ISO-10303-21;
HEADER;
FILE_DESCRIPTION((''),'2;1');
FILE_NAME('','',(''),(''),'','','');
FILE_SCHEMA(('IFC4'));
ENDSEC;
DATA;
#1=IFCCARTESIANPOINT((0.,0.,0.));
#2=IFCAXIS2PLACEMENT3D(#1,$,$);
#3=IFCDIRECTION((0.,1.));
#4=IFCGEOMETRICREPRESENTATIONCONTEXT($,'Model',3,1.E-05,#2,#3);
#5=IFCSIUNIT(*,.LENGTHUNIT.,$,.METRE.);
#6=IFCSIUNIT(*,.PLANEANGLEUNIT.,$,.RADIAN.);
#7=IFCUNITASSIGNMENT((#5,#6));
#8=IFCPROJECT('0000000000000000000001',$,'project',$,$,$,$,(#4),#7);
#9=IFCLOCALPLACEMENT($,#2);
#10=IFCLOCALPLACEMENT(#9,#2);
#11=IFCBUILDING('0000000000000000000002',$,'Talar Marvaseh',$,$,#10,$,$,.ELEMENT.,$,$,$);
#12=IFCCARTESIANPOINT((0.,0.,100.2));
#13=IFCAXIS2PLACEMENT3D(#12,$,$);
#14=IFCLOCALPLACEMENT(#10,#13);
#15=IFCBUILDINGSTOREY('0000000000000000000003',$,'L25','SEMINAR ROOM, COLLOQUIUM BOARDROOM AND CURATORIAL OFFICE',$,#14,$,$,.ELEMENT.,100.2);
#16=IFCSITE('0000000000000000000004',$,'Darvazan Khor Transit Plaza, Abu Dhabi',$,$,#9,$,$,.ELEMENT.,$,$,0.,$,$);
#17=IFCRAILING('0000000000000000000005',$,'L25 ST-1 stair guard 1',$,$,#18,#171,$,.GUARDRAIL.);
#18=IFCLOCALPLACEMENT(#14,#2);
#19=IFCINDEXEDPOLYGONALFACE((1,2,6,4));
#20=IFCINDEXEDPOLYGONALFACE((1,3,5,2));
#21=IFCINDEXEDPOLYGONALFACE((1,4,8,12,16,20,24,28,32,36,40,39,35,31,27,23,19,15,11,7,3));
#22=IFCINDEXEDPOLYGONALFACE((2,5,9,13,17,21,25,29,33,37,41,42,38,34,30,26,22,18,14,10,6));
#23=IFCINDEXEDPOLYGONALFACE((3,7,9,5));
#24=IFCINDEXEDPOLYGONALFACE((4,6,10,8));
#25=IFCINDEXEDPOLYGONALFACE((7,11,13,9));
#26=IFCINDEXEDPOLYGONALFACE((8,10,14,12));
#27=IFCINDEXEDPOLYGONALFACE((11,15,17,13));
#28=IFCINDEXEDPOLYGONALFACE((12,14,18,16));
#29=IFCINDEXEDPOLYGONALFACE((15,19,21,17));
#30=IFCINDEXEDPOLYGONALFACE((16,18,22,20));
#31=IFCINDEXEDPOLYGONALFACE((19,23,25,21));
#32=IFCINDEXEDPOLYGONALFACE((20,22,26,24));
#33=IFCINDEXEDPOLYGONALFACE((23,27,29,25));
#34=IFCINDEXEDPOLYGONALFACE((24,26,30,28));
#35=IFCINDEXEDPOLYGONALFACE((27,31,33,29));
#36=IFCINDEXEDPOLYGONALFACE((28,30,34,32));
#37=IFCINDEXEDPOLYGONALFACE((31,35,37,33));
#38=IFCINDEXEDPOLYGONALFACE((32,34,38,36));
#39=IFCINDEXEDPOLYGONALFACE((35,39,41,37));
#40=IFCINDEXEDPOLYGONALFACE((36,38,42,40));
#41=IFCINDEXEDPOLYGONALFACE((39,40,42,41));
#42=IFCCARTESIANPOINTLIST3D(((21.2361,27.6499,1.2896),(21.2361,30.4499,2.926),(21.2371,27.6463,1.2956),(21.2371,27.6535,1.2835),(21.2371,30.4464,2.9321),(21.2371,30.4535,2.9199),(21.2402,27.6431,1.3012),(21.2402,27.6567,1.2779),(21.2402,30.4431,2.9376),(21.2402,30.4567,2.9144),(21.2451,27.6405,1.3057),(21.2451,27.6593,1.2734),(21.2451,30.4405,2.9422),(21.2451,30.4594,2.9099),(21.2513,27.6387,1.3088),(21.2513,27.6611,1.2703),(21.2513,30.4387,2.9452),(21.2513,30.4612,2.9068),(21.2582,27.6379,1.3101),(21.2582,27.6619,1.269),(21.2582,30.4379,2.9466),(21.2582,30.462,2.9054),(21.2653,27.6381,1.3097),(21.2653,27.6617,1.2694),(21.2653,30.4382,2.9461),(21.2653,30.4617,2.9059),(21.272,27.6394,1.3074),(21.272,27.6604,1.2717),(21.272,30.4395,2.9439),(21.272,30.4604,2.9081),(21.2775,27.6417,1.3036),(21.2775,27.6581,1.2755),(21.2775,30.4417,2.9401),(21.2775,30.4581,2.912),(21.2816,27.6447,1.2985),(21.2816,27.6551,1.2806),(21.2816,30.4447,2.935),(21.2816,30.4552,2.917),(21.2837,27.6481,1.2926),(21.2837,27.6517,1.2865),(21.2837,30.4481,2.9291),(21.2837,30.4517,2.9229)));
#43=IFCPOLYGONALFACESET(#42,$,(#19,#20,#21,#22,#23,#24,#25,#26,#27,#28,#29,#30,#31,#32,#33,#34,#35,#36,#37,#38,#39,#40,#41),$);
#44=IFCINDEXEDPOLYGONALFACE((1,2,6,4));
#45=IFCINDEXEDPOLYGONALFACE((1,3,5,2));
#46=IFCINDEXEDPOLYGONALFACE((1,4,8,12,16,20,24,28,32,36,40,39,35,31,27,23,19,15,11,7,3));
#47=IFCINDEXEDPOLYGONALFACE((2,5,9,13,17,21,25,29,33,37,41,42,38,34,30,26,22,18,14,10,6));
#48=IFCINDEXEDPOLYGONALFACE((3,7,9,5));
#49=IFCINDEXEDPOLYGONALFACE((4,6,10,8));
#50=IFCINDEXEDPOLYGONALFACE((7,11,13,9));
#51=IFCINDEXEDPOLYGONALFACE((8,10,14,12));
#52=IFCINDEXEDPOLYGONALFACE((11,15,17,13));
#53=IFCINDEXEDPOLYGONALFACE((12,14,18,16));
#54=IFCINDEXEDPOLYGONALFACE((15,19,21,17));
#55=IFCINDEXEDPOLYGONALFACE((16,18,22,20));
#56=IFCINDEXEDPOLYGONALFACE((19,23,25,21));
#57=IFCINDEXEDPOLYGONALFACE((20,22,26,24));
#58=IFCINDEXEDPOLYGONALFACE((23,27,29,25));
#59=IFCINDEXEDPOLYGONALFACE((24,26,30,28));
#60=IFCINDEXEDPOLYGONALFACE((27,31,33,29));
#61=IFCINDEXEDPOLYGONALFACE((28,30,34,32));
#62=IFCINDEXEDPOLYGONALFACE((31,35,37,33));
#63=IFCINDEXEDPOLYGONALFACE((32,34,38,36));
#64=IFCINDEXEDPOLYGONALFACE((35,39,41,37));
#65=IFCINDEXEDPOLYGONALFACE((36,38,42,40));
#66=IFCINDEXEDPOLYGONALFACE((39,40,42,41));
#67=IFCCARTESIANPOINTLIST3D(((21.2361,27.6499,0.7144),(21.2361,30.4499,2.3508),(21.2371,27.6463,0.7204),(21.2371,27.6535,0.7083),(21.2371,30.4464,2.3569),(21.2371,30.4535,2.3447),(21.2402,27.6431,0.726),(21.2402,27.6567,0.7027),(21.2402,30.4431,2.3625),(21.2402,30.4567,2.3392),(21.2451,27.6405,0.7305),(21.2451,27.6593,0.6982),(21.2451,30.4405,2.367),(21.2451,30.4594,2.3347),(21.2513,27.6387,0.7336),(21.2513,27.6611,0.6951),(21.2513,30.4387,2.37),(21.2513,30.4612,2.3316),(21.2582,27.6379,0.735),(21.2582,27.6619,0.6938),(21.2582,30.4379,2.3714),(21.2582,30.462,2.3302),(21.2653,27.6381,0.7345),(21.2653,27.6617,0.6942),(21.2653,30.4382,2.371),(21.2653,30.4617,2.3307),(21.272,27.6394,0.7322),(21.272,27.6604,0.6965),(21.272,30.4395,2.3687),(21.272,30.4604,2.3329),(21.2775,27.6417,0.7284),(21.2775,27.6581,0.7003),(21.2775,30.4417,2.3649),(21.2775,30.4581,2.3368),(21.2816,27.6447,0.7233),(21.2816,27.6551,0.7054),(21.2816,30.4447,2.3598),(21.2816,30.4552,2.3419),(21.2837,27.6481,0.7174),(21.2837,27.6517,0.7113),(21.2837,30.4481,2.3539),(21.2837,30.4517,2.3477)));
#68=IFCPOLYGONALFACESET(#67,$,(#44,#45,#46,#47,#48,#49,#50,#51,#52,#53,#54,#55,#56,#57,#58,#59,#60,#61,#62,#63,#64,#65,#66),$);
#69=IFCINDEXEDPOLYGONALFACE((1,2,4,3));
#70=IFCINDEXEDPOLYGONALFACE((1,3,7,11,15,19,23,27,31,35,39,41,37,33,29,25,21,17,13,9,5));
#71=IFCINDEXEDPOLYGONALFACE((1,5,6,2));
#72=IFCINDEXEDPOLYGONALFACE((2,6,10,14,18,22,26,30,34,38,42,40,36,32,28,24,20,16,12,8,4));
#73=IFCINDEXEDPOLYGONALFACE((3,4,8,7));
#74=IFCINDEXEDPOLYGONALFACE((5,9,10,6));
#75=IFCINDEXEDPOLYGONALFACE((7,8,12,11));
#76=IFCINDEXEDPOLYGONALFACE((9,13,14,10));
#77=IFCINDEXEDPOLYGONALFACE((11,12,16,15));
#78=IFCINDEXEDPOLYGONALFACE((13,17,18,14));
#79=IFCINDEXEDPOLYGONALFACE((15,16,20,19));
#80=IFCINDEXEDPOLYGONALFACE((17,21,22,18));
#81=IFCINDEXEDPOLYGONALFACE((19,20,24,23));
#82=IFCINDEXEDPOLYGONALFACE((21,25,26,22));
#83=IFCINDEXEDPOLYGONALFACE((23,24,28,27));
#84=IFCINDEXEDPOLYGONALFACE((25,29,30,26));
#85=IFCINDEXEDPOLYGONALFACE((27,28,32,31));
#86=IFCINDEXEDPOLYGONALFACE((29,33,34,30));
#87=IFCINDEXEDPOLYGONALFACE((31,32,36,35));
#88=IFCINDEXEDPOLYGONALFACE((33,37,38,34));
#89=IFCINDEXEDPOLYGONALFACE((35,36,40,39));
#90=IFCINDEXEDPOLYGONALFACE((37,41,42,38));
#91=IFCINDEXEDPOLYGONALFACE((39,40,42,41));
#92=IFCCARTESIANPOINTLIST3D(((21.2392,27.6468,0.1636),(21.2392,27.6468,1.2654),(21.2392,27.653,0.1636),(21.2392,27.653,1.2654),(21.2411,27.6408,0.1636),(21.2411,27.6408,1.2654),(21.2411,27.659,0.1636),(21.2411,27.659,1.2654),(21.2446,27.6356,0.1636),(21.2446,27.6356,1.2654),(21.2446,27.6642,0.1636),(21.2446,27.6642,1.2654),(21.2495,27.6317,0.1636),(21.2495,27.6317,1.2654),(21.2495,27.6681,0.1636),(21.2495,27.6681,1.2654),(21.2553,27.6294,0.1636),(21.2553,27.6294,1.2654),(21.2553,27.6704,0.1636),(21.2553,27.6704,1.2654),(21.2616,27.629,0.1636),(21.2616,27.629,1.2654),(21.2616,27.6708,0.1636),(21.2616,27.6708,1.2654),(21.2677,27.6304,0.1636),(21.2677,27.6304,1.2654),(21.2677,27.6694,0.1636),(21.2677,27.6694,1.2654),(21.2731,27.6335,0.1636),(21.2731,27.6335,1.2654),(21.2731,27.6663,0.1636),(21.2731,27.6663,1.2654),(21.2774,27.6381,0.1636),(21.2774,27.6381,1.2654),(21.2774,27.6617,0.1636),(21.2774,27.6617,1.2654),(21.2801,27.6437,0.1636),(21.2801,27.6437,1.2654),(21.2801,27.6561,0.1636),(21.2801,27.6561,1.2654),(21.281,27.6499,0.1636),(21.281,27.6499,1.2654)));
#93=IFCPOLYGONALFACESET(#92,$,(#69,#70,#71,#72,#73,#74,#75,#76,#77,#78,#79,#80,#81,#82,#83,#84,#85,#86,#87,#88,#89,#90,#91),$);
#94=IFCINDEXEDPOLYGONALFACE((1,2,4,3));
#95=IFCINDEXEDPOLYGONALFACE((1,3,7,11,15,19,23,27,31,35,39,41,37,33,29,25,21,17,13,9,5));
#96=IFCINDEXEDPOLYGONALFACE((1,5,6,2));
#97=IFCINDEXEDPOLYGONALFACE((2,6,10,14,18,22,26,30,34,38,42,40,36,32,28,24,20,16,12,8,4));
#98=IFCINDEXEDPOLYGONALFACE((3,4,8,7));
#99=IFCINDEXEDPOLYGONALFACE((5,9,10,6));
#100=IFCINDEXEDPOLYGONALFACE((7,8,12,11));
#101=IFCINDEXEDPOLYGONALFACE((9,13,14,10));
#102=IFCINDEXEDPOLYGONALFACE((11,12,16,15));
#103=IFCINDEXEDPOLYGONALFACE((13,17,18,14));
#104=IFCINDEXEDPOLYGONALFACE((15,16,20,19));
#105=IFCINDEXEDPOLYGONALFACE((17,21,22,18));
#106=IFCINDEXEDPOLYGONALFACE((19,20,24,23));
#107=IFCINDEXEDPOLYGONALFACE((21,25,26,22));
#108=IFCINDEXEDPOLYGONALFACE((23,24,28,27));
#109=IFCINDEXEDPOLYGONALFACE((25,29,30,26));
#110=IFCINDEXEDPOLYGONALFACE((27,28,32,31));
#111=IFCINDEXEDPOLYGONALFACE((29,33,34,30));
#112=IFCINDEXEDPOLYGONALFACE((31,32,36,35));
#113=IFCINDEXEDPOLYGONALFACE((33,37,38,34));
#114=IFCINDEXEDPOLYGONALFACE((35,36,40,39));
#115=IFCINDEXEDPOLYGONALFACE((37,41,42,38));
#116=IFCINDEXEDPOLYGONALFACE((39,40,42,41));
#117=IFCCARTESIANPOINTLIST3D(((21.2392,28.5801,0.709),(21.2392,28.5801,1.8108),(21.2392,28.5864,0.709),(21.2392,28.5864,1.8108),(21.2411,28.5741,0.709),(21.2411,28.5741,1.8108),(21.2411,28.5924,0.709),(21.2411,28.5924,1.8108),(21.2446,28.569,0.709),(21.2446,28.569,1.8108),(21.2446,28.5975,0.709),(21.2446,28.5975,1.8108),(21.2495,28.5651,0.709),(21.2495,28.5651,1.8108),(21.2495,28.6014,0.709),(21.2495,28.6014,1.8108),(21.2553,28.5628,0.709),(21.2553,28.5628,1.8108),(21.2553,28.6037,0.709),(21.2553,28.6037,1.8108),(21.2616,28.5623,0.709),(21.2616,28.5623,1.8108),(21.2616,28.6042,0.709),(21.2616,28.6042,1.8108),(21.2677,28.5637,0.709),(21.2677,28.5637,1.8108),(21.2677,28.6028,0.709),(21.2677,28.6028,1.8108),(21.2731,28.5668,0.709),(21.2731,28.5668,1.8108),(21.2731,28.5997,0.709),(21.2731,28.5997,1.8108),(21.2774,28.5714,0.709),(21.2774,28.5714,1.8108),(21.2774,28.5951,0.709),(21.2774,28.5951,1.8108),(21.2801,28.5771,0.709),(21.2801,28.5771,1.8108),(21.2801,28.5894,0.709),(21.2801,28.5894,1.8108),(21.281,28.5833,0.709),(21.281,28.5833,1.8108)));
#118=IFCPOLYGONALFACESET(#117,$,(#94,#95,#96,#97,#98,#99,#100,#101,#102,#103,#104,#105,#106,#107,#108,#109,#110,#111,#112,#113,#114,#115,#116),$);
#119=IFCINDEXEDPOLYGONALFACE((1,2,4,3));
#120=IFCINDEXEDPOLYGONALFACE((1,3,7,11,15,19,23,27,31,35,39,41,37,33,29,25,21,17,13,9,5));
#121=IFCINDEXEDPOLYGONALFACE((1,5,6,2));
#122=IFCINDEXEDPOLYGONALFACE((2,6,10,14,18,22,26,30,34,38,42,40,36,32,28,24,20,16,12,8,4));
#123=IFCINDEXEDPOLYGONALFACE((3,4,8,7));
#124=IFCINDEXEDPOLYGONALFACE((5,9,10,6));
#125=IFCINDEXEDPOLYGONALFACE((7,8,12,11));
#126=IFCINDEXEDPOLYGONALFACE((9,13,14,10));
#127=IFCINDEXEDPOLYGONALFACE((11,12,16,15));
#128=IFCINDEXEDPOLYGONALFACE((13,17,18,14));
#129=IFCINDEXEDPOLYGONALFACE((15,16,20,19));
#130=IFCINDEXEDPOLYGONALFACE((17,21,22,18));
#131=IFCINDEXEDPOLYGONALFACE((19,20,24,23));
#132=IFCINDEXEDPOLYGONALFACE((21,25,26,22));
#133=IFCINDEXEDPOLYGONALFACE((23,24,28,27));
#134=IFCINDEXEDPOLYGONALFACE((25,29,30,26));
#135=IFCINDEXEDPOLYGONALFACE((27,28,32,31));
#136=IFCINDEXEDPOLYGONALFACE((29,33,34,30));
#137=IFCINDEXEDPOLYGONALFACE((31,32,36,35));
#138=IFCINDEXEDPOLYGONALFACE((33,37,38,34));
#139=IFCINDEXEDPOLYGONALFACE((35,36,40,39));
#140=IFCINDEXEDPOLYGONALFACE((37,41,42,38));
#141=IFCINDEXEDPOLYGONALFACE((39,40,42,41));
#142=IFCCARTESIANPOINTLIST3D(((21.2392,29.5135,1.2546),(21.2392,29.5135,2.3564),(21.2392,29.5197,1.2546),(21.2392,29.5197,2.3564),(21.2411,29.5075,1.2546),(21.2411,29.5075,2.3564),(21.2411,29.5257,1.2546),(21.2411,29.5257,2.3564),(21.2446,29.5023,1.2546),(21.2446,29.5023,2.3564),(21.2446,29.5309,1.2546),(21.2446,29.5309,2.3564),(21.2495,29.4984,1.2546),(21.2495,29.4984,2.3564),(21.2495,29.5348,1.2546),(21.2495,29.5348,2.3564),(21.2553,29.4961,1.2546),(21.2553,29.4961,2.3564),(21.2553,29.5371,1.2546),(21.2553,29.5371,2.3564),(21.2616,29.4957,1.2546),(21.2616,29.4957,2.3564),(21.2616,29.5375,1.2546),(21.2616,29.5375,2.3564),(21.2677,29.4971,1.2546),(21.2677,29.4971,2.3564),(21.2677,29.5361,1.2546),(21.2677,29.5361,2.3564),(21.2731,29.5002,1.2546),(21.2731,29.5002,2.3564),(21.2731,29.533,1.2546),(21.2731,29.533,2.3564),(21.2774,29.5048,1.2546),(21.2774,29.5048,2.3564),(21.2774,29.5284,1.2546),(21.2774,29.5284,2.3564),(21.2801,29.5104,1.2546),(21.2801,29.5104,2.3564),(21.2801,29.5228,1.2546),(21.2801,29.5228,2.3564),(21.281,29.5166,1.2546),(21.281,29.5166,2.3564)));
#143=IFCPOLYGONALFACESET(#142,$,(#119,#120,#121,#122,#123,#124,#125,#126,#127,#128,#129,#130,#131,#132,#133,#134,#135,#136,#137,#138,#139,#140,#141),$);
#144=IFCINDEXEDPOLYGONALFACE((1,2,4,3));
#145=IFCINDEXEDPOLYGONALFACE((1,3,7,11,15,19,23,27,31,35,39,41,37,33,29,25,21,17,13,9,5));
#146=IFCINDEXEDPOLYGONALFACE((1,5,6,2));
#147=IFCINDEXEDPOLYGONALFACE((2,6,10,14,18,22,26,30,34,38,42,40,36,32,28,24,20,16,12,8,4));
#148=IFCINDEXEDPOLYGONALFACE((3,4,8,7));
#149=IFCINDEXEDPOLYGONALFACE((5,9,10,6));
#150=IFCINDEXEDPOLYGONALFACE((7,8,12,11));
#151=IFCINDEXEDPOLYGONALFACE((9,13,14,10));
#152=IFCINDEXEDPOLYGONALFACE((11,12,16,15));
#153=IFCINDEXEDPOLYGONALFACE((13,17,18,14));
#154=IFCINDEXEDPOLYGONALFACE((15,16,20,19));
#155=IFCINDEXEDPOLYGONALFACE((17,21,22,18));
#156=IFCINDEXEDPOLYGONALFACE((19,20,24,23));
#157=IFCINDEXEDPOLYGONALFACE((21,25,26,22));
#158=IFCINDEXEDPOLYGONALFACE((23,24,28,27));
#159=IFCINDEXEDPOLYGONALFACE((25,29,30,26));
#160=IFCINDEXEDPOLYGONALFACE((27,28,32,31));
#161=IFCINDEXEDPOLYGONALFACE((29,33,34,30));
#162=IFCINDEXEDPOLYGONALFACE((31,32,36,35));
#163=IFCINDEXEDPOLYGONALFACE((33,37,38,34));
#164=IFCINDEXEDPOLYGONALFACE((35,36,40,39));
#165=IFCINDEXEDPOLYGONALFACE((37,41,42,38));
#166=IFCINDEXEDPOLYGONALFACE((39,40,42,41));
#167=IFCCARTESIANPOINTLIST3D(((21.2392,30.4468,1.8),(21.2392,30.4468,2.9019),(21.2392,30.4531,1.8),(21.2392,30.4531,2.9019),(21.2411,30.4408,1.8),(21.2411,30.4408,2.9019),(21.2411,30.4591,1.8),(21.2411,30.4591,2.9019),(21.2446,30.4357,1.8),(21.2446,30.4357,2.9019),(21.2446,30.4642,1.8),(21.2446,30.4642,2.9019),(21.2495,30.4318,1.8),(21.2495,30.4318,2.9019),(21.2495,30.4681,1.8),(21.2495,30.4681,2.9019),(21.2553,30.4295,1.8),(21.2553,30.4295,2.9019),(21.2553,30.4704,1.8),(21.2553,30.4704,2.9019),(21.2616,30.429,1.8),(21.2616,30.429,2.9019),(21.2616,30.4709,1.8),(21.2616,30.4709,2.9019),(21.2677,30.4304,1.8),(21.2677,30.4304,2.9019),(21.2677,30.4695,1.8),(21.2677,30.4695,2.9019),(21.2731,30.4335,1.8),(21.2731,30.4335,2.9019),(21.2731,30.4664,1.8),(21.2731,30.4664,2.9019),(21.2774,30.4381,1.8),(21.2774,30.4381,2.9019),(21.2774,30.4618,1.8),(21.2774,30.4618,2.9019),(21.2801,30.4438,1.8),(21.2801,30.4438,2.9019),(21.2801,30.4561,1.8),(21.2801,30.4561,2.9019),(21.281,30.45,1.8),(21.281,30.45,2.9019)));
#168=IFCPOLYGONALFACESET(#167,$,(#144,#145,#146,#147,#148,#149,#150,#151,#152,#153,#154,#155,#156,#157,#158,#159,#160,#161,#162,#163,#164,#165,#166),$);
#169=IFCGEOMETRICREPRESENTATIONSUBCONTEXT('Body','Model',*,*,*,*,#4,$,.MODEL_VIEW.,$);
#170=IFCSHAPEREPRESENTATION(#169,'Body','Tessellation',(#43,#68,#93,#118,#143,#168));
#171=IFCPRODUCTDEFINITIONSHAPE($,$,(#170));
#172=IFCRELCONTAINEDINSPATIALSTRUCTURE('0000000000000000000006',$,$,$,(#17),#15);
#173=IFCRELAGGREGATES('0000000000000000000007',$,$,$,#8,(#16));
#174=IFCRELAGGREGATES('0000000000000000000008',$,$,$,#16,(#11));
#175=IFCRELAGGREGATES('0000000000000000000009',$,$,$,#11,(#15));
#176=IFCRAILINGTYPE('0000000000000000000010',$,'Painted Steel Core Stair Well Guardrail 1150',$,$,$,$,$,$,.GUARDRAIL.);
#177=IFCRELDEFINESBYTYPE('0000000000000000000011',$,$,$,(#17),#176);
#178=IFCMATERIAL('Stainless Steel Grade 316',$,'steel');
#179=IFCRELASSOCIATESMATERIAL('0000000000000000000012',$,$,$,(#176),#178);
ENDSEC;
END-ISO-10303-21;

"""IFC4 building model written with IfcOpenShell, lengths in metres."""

from ifc_helpers import new_model, si_unit, direction, frame, origin, origin_2d, place, context, subcontext, project, spatial, circle, extrude, material, type_object, element, save


model = new_model("IFC4")

# Units and contexts
model_context = context("Model", 3, precision=1e-05, world=origin(), true_north=direction((0.0, 1.0)))
body_context = subcontext(model_context, "Body", "Model", "MODEL_VIEW")
ifc_project = project(units=[si_unit("LENGTHUNIT", "METRE"), si_unit("PLANEANGLEUNIT", "RADIAN")], contexts=[model_context])

# Site, building, storey
site_placement = place(None, origin())
site = spatial("IfcSite", under=ifc_project, at=site_placement, Name="Darvazan Khor Transit Plaza, Abu Dhabi", CompositionType="ELEMENT", RefElevation=0.0)
building_placement = place(site_placement, origin())
building = spatial("IfcBuilding", under=site, at=building_placement, Name="Talar Marvaseh", CompositionType="ELEMENT")
storey_placement = place(building_placement, frame((0.0, 0.0, 100.2)))
storey = spatial("IfcBuildingStorey", under=building, at=storey_placement, Name="L25", Description="SEMINAR ROOM, COLLOQUIUM BOARDROOM AND CURATORIAL OFFICE", CompositionType="ELEMENT", Elevation=100.2)

# Railing
ifc_material_1 = material(Name="Stainless Steel Grade 316", Category="steel")
railing_type_1 = type_object("IfcRailingType", Name="Painted Steel Core Stair Well Guardrail 1150", PredefinedType="GUARDRAIL", material=ifc_material_1)
railing_1_placement = place(storey_placement, frame((21.26, 27.6499, 0.1636)))
element("IfcRailing", 1, at=railing_1_placement, inside=storey, type_object=railing_type_1, Name="L25 ST-1 stair guard 1", PredefinedType="GUARDRAIL", context=body_context, shape_type="SweptSolid", body=[
    extrude(circle(Radius=0.0239, at=origin_2d()), frame((0.0, 0.0, 1.126), z_axis=(0.0, 0.863361, 0.504587), x_axis=(-1.0, 0.0, 0.0)), (0.0, 0.0, 1.0), 3.2432),
    extrude(circle(Radius=0.0239, at=origin_2d()), frame((0.0, 0.0, 0.5508), z_axis=(0.0, 0.863361, 0.504587), x_axis=(-1.0, 0.0, 0.0)), (0.0, 0.0, 1.0), 3.2432),
    extrude(circle(Radius=0.021, at=origin_2d()), origin(), (0.0, 0.0, 1.0), 1.1018),
    extrude(circle(Radius=0.021, at=origin_2d()), frame((0.0, 0.9333, 0.5454)), (0.0, 0.0, 1.0), 1.1018),
    extrude(circle(Radius=0.021, at=origin_2d()), frame((0.0, 1.8667, 1.0911)), (0.0, 0.0, 1.0), 1.1018),
    extrude(circle(Radius=0.021, at=origin_2d()), frame((0.0, 2.8, 1.6365)), (0.0, 0.0, 1.0), 1.1018),
])

save(model, "model.ifc")
